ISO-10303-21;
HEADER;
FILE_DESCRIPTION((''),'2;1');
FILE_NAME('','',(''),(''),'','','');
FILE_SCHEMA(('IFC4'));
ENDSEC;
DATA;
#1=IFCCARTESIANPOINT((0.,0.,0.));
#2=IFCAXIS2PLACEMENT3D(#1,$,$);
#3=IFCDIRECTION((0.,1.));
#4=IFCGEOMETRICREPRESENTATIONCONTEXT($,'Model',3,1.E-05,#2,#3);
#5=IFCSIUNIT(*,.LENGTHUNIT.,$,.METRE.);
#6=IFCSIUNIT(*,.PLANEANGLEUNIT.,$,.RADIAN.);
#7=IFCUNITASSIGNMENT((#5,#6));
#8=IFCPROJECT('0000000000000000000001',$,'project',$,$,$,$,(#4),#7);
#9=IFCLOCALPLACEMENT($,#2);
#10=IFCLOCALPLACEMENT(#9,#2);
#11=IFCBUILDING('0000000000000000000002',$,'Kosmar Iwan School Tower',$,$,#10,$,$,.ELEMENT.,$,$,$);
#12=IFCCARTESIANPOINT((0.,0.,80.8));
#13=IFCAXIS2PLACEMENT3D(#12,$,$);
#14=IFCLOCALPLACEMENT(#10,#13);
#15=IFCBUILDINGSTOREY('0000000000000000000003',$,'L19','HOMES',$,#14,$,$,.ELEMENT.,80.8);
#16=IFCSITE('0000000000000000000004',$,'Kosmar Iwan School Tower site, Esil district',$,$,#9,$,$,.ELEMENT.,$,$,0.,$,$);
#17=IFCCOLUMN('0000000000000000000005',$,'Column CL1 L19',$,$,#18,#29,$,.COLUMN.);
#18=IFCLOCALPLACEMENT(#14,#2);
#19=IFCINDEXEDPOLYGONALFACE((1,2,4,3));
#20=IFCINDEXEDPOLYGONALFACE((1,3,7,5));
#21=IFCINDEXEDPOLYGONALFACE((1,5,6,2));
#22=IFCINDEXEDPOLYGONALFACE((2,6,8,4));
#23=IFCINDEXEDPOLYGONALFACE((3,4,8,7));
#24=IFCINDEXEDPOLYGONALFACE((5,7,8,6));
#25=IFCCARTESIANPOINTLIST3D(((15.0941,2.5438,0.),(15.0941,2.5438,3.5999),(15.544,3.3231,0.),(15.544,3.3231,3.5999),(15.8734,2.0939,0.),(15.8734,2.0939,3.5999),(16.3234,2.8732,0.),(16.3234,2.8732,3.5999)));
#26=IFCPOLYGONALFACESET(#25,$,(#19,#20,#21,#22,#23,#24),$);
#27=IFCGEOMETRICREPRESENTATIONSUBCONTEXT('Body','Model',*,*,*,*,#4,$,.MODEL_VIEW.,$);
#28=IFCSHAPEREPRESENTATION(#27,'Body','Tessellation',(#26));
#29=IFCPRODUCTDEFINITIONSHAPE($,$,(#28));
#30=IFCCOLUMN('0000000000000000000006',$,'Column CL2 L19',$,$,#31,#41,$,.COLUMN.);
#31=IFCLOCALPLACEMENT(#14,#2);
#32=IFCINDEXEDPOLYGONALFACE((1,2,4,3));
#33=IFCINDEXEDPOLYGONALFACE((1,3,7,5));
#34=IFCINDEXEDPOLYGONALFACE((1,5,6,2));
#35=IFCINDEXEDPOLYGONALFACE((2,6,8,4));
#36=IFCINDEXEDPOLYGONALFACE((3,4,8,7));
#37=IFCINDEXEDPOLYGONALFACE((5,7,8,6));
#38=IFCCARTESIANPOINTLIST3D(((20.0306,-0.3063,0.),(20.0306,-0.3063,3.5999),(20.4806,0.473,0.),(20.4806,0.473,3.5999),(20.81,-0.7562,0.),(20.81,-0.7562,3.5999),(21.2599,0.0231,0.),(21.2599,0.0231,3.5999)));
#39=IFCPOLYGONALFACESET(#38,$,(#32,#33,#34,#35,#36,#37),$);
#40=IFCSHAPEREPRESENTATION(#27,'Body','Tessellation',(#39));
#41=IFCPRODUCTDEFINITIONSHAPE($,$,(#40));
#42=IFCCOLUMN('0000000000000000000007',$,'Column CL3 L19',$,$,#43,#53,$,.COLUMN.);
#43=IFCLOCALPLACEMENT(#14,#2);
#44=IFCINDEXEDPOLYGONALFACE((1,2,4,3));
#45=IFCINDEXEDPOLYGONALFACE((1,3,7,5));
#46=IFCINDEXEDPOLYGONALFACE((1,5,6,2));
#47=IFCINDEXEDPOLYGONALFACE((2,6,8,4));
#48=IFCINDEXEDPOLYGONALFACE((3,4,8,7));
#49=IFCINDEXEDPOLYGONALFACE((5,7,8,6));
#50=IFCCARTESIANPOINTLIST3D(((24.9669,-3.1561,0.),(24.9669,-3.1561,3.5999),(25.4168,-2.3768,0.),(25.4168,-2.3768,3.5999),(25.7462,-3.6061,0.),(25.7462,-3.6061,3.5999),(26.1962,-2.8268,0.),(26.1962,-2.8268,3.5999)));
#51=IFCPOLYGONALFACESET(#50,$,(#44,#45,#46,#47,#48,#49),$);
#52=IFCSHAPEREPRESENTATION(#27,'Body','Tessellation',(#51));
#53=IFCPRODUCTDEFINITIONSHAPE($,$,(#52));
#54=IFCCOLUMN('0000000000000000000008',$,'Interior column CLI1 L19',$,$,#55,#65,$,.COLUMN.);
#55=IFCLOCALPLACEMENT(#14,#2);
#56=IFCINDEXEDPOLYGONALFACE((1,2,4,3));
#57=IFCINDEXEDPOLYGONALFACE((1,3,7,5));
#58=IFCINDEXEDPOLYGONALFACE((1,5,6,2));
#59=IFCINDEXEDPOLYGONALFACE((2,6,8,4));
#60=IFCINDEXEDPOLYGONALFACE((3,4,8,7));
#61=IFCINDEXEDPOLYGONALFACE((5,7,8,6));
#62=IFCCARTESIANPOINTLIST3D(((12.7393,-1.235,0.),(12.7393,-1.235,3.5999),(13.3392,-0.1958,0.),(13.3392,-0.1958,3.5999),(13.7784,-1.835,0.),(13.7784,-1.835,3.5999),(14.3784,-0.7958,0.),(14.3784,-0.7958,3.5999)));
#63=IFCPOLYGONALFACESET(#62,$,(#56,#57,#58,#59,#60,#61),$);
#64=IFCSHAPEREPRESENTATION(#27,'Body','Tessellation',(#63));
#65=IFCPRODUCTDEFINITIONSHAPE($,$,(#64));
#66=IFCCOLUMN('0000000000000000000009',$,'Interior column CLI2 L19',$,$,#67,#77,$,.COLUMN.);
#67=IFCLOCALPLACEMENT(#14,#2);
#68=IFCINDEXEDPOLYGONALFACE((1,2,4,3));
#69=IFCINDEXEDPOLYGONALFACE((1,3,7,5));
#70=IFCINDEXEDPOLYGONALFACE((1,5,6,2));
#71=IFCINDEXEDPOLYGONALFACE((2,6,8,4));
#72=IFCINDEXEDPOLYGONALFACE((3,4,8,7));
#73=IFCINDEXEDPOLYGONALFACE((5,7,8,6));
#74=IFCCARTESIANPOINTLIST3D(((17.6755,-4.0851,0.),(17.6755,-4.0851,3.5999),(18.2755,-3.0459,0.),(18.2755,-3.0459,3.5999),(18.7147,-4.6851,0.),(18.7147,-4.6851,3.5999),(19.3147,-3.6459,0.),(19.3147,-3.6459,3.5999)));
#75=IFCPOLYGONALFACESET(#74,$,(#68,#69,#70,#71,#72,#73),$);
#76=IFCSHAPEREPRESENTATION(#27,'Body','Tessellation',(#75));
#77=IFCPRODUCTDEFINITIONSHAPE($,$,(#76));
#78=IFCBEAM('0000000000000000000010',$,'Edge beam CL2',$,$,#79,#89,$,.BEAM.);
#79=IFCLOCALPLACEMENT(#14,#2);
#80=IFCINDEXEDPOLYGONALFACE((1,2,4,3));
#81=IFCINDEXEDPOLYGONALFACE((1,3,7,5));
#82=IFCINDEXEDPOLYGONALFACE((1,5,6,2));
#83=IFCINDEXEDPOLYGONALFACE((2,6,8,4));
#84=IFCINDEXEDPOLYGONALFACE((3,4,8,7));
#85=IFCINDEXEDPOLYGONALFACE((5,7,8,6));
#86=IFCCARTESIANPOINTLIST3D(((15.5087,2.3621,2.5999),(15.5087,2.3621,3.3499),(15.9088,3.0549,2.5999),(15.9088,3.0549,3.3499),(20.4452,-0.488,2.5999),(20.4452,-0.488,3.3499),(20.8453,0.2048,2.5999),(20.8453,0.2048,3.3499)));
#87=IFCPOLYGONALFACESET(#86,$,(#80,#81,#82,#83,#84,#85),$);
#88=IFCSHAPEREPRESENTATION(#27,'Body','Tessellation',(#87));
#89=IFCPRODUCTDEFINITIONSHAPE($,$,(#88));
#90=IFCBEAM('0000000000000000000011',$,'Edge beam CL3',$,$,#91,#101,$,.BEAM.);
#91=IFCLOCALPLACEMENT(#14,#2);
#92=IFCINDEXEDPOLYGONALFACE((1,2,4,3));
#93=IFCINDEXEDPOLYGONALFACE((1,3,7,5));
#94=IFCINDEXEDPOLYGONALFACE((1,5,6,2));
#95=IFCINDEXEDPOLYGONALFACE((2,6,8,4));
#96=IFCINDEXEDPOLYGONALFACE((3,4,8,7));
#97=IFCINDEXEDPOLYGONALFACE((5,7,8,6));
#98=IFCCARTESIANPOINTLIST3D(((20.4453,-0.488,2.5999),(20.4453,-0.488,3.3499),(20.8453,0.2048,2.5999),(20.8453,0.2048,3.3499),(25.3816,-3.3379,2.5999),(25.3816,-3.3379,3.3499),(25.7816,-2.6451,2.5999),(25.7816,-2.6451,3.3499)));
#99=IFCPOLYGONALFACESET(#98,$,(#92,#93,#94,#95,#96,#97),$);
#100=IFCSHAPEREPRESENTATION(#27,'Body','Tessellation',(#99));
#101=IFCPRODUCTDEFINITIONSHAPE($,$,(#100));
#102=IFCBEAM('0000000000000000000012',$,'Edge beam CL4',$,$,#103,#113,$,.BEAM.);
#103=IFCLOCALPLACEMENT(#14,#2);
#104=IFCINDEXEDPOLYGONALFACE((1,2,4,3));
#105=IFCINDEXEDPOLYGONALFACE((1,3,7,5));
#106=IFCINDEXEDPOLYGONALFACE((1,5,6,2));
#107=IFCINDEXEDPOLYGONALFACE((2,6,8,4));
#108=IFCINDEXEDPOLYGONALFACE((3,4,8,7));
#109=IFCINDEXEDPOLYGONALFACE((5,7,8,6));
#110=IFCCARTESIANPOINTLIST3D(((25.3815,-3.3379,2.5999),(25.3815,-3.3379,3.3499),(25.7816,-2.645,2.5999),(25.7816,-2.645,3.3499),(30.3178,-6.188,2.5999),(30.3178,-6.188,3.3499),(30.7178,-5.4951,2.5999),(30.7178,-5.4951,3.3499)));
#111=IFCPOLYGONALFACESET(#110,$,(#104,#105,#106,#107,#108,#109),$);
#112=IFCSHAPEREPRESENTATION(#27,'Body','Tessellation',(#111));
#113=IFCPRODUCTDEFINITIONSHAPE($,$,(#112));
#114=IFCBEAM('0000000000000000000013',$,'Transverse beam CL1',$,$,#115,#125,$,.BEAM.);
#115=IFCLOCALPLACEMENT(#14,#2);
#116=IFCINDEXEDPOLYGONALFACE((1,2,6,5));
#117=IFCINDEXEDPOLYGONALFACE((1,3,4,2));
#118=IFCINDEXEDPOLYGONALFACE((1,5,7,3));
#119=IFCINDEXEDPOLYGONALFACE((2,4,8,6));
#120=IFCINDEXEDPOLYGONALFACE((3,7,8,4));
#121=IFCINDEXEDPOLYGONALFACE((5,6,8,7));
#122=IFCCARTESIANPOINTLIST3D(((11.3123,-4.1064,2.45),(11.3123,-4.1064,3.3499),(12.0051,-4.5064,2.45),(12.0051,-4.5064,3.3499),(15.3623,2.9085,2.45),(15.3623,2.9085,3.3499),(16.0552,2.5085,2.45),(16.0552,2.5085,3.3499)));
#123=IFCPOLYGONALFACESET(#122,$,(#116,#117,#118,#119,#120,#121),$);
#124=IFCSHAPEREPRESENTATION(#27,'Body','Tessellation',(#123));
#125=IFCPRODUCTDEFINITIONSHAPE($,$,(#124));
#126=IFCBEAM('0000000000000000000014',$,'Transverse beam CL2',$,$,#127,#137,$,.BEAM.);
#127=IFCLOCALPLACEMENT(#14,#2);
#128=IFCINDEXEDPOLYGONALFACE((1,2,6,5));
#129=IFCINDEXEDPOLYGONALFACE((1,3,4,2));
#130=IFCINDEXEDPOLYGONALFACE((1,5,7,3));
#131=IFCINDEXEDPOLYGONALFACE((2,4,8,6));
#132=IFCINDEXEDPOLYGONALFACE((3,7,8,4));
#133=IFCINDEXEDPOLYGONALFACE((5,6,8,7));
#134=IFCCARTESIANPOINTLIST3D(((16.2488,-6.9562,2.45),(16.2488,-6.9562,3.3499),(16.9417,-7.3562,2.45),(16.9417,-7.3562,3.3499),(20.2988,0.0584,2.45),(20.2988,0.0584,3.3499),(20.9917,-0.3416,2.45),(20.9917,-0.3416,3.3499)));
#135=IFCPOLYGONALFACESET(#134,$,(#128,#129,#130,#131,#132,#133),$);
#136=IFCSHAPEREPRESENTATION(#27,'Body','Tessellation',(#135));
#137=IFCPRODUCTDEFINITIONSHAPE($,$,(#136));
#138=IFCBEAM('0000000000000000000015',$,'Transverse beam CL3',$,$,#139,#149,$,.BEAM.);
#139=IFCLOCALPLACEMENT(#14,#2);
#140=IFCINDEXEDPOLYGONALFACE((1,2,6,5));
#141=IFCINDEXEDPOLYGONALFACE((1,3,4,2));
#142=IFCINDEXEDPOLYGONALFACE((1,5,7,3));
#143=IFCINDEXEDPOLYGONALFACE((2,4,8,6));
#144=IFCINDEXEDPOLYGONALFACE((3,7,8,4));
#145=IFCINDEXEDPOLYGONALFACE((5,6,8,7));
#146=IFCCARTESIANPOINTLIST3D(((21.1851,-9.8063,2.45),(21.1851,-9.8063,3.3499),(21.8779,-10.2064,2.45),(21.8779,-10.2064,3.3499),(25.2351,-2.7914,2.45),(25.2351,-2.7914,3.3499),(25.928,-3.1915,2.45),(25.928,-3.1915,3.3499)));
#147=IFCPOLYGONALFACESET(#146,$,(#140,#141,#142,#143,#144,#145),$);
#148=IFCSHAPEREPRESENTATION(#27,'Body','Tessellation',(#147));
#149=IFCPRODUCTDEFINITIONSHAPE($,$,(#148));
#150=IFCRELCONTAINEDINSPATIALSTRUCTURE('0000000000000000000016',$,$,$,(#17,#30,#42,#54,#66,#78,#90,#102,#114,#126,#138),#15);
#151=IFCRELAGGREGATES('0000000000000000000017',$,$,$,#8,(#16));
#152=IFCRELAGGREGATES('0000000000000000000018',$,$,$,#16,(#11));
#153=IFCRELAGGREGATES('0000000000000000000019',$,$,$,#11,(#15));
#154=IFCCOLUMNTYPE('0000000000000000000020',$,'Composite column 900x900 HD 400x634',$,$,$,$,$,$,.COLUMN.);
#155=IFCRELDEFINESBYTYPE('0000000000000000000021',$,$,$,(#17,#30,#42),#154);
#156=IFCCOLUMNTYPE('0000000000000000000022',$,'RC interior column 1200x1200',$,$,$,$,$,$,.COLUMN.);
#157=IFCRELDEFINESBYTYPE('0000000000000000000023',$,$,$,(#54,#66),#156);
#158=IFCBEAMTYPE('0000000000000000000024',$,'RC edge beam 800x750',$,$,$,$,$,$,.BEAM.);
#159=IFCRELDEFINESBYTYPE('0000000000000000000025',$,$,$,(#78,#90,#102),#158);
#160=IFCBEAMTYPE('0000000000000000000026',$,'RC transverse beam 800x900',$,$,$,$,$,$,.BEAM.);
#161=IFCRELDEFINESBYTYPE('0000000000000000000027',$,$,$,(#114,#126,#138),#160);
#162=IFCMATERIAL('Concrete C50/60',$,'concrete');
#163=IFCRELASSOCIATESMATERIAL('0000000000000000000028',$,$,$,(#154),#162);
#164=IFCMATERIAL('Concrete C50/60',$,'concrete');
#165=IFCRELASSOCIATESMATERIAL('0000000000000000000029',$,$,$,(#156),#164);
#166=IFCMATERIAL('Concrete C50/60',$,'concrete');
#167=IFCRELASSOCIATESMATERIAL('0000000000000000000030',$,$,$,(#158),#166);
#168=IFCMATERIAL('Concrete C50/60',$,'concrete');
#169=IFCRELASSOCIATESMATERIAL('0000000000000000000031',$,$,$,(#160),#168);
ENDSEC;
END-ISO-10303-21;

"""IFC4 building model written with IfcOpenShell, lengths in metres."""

from ifc_helpers import new_model, si_unit, direction, frame, origin, origin_2d, place, context, subcontext, project, spatial, rectangle, extrude, material, material_profile, profile_set, type_object, element, save


model = new_model("IFC4")

# Units and contexts
model_context = context("Model", 3, precision=1e-05, world=origin(), true_north=direction((0.0, 1.0)))
body_context = subcontext(model_context, "Body", "Model", "MODEL_VIEW")
ifc_project = project(units=[si_unit("LENGTHUNIT", "METRE"), si_unit("PLANEANGLEUNIT", "RADIAN")], contexts=[model_context])

# Site, building, storey
site_placement = place(None, origin())
site = spatial("IfcSite", under=ifc_project, at=site_placement, Name="Kosmar Iwan School Tower site, Esil district", CompositionType="ELEMENT", RefElevation=0.0)
building_placement = place(site_placement, origin())
building = spatial("IfcBuilding", under=site, at=building_placement, Name="Kosmar Iwan School Tower", CompositionType="ELEMENT")
storey_placement = place(building_placement, frame((0.0, 0.0, 80.8)))
storey = spatial("IfcBuildingStorey", under=building, at=storey_placement, Name="L19", Description="HOMES", CompositionType="ELEMENT", Elevation=80.8)

# Columns
ifc_material_1 = material(Name="Concrete C50/60", Category="concrete")
ifc_material_profile_1 = material_profile(ifc_material_1, rectangle(XDim=0.8999, YDim=0.8999, at=origin_2d()), Name="RC 900x900 + HD 400x634")
ifc_profile_set_1 = profile_set([ifc_material_profile_1], Name="Concrete C50/60")
column_type_1 = type_object("IfcColumnType", Name="Composite column 900x900 HD 400x634", PredefinedType="COLUMN", material=ifc_profile_set_1)
for number, where, z_axis, x_axis, name in (
    (1, (15.7087, 2.7085, 0.0), (0.0, 0.0, 1.0), (0.866025, -0.5, 0.0), "Column CL1 L19"),
    (2, (20.6453, -0.1416, 0.0), (0.0, 0.0, 1.0), (0.866025, -0.5, 0.0), "Column CL2 L19"),
    (3, (25.5815, -2.9915, 0.0), (0.0, 0.0, 1.0), (0.866025, -0.5, 0.0), "Column CL3 L19"),
):
    element("IfcColumn", number, at=place(storey_placement, frame(where, z_axis=z_axis, x_axis=x_axis)), inside=storey, type_object=column_type_1, Name=name, PredefinedType="COLUMN", context=body_context, shape_type="SweptSolid", body=[
        extrude(rectangle(XDim=0.8999, YDim=0.8999, at=origin_2d()), origin(), (0.0, 0.0, 1.0), 3.5999),
    ])
ifc_material_2 = material(Name="Concrete C50/60", Category="concrete")
ifc_material_profile_2 = material_profile(ifc_material_2, rectangle(XDim=1.2, YDim=1.2, at=origin_2d()), Name="RC 1200x1200")
ifc_profile_set_2 = profile_set([ifc_material_profile_2], Name="Concrete C50/60")
column_type_2 = type_object("IfcColumnType", Name="RC interior column 1200x1200", PredefinedType="COLUMN", material=ifc_profile_set_2)
for number, where, z_axis, x_axis, name in (
    (4, (13.5588, -1.0154, 0.0), (0.0, 0.0, 1.0), (0.866025, -0.5, 0.0), "Interior column CLI1 L19"),
    (5, (18.4951, -3.8655, 0.0), (0.0, 0.0, 1.0), (0.866025, -0.5, 0.0), "Interior column CLI2 L19"),
):
    element("IfcColumn", number, at=place(storey_placement, frame(where, z_axis=z_axis, x_axis=x_axis)), inside=storey, type_object=column_type_2, Name=name, PredefinedType="COLUMN", context=body_context, shape_type="SweptSolid", body=[
        extrude(rectangle(XDim=1.2, YDim=1.2, at=origin_2d()), origin(), (0.0, 0.0, 1.0), 3.5999),
    ])

# Beams
ifc_material_3 = material(Name="Concrete C50/60", Category="concrete")
ifc_material_profile_3 = material_profile(ifc_material_3, rectangle(XDim=0.8, YDim=0.75, at=origin_2d()), Name="RC 800x750")
ifc_profile_set_3 = profile_set([ifc_material_profile_3], Name="Concrete C50/60")
beam_type_1 = type_object("IfcBeamType", Name="RC edge beam 800x750", PredefinedType="BEAM", material=ifc_profile_set_3)
beam_1_placement = place(storey_placement, frame((15.7087, 2.7085, 2.9749), z_axis=(0.866026, -0.499999, 0.0), x_axis=(0.499999, 0.866026, 0.0)))
element("IfcBeam", 6, at=beam_1_placement, inside=storey, type_object=beam_type_1, Name="Edge beam CL2", PredefinedType="BEAM", context=body_context, shape_type="SweptSolid", body=[
    extrude(rectangle(XDim=0.8, YDim=0.75, at=origin_2d()), origin(), (0.0, 0.0, 1.0), 5.7002),
])
for number, where, z_axis, x_axis, name in (
    (7, (20.6453, -0.1416, 2.9749), (0.866034, -0.499986, 0.0), (0.499986, 0.866034, 0.0), "Edge beam CL3"),
    (8, (25.5815, -2.9915, 2.9749), (0.866015, -0.500018, 0.0), (0.500018, 0.866015, 0.0), "Edge beam CL4"),
):
    element("IfcBeam", number, at=place(storey_placement, frame(where, z_axis=z_axis, x_axis=x_axis)), inside=storey, type_object=beam_type_1, Name=name, PredefinedType="BEAM", context=body_context, shape_type="SweptSolid", body=[
        extrude(rectangle(XDim=0.8, YDim=0.75, at=origin_2d()), origin(), (0.0, 0.0, 1.0), 5.7),
    ])
ifc_material_4 = material(Name="Concrete C50/60", Category="concrete")
ifc_material_profile_4 = material_profile(ifc_material_4, rectangle(XDim=0.8, YDim=0.8999, at=origin_2d()), Name="RC 800x900")
ifc_profile_set_4 = profile_set([ifc_material_profile_4], Name="Concrete C50/60")
beam_type_2 = type_object("IfcBeamType", Name="RC transverse beam 800x900", PredefinedType="BEAM", material=ifc_profile_set_4)
beam_2_placement = place(storey_placement, frame((15.7087, 2.7085, 2.8999), z_axis=(-0.5, -0.866025, 0.0), x_axis=(0.866025, -0.5, 0.0)))
element("IfcBeam", 9, at=beam_2_placement, inside=storey, type_object=beam_type_2, Name="Transverse beam CL1", PredefinedType="BEAM", context=body_context, shape_type="SweptSolid", body=[
    extrude(rectangle(XDim=0.8, YDim=0.8999, at=origin_2d()), origin(), (0.0, 0.0, 1.0), 8.1001),
])
beam_3_placement = place(storey_placement, frame((20.6453, -0.1416, 2.8999), z_axis=(-0.500013, -0.866018, 0.0), x_axis=(0.866018, -0.500013, 0.0)))
element("IfcBeam", 10, at=beam_3_placement, inside=storey, type_object=beam_type_2, Name="Transverse beam CL2", PredefinedType="BEAM", context=body_context, shape_type="SweptSolid", body=[
    extrude(rectangle(XDim=0.8, YDim=0.8999, at=origin_2d()), origin(), (0.0, 0.0, 1.0), 8.0999),
])
beam_4_placement = place(storey_placement, frame((25.5815, -2.9915, 2.8999), z_axis=(-0.5, -0.866025, 0.0), x_axis=(0.866025, -0.5, 0.0)))
element("IfcBeam", 11, at=beam_4_placement, inside=storey, type_object=beam_type_2, Name="Transverse beam CL3", PredefinedType="BEAM", context=body_context, shape_type="SweptSolid", body=[
    extrude(rectangle(XDim=0.8, YDim=0.8999, at=origin_2d()), origin(), (0.0, 0.0, 1.0), 8.1001),
])

save(model, "model.ifc")
